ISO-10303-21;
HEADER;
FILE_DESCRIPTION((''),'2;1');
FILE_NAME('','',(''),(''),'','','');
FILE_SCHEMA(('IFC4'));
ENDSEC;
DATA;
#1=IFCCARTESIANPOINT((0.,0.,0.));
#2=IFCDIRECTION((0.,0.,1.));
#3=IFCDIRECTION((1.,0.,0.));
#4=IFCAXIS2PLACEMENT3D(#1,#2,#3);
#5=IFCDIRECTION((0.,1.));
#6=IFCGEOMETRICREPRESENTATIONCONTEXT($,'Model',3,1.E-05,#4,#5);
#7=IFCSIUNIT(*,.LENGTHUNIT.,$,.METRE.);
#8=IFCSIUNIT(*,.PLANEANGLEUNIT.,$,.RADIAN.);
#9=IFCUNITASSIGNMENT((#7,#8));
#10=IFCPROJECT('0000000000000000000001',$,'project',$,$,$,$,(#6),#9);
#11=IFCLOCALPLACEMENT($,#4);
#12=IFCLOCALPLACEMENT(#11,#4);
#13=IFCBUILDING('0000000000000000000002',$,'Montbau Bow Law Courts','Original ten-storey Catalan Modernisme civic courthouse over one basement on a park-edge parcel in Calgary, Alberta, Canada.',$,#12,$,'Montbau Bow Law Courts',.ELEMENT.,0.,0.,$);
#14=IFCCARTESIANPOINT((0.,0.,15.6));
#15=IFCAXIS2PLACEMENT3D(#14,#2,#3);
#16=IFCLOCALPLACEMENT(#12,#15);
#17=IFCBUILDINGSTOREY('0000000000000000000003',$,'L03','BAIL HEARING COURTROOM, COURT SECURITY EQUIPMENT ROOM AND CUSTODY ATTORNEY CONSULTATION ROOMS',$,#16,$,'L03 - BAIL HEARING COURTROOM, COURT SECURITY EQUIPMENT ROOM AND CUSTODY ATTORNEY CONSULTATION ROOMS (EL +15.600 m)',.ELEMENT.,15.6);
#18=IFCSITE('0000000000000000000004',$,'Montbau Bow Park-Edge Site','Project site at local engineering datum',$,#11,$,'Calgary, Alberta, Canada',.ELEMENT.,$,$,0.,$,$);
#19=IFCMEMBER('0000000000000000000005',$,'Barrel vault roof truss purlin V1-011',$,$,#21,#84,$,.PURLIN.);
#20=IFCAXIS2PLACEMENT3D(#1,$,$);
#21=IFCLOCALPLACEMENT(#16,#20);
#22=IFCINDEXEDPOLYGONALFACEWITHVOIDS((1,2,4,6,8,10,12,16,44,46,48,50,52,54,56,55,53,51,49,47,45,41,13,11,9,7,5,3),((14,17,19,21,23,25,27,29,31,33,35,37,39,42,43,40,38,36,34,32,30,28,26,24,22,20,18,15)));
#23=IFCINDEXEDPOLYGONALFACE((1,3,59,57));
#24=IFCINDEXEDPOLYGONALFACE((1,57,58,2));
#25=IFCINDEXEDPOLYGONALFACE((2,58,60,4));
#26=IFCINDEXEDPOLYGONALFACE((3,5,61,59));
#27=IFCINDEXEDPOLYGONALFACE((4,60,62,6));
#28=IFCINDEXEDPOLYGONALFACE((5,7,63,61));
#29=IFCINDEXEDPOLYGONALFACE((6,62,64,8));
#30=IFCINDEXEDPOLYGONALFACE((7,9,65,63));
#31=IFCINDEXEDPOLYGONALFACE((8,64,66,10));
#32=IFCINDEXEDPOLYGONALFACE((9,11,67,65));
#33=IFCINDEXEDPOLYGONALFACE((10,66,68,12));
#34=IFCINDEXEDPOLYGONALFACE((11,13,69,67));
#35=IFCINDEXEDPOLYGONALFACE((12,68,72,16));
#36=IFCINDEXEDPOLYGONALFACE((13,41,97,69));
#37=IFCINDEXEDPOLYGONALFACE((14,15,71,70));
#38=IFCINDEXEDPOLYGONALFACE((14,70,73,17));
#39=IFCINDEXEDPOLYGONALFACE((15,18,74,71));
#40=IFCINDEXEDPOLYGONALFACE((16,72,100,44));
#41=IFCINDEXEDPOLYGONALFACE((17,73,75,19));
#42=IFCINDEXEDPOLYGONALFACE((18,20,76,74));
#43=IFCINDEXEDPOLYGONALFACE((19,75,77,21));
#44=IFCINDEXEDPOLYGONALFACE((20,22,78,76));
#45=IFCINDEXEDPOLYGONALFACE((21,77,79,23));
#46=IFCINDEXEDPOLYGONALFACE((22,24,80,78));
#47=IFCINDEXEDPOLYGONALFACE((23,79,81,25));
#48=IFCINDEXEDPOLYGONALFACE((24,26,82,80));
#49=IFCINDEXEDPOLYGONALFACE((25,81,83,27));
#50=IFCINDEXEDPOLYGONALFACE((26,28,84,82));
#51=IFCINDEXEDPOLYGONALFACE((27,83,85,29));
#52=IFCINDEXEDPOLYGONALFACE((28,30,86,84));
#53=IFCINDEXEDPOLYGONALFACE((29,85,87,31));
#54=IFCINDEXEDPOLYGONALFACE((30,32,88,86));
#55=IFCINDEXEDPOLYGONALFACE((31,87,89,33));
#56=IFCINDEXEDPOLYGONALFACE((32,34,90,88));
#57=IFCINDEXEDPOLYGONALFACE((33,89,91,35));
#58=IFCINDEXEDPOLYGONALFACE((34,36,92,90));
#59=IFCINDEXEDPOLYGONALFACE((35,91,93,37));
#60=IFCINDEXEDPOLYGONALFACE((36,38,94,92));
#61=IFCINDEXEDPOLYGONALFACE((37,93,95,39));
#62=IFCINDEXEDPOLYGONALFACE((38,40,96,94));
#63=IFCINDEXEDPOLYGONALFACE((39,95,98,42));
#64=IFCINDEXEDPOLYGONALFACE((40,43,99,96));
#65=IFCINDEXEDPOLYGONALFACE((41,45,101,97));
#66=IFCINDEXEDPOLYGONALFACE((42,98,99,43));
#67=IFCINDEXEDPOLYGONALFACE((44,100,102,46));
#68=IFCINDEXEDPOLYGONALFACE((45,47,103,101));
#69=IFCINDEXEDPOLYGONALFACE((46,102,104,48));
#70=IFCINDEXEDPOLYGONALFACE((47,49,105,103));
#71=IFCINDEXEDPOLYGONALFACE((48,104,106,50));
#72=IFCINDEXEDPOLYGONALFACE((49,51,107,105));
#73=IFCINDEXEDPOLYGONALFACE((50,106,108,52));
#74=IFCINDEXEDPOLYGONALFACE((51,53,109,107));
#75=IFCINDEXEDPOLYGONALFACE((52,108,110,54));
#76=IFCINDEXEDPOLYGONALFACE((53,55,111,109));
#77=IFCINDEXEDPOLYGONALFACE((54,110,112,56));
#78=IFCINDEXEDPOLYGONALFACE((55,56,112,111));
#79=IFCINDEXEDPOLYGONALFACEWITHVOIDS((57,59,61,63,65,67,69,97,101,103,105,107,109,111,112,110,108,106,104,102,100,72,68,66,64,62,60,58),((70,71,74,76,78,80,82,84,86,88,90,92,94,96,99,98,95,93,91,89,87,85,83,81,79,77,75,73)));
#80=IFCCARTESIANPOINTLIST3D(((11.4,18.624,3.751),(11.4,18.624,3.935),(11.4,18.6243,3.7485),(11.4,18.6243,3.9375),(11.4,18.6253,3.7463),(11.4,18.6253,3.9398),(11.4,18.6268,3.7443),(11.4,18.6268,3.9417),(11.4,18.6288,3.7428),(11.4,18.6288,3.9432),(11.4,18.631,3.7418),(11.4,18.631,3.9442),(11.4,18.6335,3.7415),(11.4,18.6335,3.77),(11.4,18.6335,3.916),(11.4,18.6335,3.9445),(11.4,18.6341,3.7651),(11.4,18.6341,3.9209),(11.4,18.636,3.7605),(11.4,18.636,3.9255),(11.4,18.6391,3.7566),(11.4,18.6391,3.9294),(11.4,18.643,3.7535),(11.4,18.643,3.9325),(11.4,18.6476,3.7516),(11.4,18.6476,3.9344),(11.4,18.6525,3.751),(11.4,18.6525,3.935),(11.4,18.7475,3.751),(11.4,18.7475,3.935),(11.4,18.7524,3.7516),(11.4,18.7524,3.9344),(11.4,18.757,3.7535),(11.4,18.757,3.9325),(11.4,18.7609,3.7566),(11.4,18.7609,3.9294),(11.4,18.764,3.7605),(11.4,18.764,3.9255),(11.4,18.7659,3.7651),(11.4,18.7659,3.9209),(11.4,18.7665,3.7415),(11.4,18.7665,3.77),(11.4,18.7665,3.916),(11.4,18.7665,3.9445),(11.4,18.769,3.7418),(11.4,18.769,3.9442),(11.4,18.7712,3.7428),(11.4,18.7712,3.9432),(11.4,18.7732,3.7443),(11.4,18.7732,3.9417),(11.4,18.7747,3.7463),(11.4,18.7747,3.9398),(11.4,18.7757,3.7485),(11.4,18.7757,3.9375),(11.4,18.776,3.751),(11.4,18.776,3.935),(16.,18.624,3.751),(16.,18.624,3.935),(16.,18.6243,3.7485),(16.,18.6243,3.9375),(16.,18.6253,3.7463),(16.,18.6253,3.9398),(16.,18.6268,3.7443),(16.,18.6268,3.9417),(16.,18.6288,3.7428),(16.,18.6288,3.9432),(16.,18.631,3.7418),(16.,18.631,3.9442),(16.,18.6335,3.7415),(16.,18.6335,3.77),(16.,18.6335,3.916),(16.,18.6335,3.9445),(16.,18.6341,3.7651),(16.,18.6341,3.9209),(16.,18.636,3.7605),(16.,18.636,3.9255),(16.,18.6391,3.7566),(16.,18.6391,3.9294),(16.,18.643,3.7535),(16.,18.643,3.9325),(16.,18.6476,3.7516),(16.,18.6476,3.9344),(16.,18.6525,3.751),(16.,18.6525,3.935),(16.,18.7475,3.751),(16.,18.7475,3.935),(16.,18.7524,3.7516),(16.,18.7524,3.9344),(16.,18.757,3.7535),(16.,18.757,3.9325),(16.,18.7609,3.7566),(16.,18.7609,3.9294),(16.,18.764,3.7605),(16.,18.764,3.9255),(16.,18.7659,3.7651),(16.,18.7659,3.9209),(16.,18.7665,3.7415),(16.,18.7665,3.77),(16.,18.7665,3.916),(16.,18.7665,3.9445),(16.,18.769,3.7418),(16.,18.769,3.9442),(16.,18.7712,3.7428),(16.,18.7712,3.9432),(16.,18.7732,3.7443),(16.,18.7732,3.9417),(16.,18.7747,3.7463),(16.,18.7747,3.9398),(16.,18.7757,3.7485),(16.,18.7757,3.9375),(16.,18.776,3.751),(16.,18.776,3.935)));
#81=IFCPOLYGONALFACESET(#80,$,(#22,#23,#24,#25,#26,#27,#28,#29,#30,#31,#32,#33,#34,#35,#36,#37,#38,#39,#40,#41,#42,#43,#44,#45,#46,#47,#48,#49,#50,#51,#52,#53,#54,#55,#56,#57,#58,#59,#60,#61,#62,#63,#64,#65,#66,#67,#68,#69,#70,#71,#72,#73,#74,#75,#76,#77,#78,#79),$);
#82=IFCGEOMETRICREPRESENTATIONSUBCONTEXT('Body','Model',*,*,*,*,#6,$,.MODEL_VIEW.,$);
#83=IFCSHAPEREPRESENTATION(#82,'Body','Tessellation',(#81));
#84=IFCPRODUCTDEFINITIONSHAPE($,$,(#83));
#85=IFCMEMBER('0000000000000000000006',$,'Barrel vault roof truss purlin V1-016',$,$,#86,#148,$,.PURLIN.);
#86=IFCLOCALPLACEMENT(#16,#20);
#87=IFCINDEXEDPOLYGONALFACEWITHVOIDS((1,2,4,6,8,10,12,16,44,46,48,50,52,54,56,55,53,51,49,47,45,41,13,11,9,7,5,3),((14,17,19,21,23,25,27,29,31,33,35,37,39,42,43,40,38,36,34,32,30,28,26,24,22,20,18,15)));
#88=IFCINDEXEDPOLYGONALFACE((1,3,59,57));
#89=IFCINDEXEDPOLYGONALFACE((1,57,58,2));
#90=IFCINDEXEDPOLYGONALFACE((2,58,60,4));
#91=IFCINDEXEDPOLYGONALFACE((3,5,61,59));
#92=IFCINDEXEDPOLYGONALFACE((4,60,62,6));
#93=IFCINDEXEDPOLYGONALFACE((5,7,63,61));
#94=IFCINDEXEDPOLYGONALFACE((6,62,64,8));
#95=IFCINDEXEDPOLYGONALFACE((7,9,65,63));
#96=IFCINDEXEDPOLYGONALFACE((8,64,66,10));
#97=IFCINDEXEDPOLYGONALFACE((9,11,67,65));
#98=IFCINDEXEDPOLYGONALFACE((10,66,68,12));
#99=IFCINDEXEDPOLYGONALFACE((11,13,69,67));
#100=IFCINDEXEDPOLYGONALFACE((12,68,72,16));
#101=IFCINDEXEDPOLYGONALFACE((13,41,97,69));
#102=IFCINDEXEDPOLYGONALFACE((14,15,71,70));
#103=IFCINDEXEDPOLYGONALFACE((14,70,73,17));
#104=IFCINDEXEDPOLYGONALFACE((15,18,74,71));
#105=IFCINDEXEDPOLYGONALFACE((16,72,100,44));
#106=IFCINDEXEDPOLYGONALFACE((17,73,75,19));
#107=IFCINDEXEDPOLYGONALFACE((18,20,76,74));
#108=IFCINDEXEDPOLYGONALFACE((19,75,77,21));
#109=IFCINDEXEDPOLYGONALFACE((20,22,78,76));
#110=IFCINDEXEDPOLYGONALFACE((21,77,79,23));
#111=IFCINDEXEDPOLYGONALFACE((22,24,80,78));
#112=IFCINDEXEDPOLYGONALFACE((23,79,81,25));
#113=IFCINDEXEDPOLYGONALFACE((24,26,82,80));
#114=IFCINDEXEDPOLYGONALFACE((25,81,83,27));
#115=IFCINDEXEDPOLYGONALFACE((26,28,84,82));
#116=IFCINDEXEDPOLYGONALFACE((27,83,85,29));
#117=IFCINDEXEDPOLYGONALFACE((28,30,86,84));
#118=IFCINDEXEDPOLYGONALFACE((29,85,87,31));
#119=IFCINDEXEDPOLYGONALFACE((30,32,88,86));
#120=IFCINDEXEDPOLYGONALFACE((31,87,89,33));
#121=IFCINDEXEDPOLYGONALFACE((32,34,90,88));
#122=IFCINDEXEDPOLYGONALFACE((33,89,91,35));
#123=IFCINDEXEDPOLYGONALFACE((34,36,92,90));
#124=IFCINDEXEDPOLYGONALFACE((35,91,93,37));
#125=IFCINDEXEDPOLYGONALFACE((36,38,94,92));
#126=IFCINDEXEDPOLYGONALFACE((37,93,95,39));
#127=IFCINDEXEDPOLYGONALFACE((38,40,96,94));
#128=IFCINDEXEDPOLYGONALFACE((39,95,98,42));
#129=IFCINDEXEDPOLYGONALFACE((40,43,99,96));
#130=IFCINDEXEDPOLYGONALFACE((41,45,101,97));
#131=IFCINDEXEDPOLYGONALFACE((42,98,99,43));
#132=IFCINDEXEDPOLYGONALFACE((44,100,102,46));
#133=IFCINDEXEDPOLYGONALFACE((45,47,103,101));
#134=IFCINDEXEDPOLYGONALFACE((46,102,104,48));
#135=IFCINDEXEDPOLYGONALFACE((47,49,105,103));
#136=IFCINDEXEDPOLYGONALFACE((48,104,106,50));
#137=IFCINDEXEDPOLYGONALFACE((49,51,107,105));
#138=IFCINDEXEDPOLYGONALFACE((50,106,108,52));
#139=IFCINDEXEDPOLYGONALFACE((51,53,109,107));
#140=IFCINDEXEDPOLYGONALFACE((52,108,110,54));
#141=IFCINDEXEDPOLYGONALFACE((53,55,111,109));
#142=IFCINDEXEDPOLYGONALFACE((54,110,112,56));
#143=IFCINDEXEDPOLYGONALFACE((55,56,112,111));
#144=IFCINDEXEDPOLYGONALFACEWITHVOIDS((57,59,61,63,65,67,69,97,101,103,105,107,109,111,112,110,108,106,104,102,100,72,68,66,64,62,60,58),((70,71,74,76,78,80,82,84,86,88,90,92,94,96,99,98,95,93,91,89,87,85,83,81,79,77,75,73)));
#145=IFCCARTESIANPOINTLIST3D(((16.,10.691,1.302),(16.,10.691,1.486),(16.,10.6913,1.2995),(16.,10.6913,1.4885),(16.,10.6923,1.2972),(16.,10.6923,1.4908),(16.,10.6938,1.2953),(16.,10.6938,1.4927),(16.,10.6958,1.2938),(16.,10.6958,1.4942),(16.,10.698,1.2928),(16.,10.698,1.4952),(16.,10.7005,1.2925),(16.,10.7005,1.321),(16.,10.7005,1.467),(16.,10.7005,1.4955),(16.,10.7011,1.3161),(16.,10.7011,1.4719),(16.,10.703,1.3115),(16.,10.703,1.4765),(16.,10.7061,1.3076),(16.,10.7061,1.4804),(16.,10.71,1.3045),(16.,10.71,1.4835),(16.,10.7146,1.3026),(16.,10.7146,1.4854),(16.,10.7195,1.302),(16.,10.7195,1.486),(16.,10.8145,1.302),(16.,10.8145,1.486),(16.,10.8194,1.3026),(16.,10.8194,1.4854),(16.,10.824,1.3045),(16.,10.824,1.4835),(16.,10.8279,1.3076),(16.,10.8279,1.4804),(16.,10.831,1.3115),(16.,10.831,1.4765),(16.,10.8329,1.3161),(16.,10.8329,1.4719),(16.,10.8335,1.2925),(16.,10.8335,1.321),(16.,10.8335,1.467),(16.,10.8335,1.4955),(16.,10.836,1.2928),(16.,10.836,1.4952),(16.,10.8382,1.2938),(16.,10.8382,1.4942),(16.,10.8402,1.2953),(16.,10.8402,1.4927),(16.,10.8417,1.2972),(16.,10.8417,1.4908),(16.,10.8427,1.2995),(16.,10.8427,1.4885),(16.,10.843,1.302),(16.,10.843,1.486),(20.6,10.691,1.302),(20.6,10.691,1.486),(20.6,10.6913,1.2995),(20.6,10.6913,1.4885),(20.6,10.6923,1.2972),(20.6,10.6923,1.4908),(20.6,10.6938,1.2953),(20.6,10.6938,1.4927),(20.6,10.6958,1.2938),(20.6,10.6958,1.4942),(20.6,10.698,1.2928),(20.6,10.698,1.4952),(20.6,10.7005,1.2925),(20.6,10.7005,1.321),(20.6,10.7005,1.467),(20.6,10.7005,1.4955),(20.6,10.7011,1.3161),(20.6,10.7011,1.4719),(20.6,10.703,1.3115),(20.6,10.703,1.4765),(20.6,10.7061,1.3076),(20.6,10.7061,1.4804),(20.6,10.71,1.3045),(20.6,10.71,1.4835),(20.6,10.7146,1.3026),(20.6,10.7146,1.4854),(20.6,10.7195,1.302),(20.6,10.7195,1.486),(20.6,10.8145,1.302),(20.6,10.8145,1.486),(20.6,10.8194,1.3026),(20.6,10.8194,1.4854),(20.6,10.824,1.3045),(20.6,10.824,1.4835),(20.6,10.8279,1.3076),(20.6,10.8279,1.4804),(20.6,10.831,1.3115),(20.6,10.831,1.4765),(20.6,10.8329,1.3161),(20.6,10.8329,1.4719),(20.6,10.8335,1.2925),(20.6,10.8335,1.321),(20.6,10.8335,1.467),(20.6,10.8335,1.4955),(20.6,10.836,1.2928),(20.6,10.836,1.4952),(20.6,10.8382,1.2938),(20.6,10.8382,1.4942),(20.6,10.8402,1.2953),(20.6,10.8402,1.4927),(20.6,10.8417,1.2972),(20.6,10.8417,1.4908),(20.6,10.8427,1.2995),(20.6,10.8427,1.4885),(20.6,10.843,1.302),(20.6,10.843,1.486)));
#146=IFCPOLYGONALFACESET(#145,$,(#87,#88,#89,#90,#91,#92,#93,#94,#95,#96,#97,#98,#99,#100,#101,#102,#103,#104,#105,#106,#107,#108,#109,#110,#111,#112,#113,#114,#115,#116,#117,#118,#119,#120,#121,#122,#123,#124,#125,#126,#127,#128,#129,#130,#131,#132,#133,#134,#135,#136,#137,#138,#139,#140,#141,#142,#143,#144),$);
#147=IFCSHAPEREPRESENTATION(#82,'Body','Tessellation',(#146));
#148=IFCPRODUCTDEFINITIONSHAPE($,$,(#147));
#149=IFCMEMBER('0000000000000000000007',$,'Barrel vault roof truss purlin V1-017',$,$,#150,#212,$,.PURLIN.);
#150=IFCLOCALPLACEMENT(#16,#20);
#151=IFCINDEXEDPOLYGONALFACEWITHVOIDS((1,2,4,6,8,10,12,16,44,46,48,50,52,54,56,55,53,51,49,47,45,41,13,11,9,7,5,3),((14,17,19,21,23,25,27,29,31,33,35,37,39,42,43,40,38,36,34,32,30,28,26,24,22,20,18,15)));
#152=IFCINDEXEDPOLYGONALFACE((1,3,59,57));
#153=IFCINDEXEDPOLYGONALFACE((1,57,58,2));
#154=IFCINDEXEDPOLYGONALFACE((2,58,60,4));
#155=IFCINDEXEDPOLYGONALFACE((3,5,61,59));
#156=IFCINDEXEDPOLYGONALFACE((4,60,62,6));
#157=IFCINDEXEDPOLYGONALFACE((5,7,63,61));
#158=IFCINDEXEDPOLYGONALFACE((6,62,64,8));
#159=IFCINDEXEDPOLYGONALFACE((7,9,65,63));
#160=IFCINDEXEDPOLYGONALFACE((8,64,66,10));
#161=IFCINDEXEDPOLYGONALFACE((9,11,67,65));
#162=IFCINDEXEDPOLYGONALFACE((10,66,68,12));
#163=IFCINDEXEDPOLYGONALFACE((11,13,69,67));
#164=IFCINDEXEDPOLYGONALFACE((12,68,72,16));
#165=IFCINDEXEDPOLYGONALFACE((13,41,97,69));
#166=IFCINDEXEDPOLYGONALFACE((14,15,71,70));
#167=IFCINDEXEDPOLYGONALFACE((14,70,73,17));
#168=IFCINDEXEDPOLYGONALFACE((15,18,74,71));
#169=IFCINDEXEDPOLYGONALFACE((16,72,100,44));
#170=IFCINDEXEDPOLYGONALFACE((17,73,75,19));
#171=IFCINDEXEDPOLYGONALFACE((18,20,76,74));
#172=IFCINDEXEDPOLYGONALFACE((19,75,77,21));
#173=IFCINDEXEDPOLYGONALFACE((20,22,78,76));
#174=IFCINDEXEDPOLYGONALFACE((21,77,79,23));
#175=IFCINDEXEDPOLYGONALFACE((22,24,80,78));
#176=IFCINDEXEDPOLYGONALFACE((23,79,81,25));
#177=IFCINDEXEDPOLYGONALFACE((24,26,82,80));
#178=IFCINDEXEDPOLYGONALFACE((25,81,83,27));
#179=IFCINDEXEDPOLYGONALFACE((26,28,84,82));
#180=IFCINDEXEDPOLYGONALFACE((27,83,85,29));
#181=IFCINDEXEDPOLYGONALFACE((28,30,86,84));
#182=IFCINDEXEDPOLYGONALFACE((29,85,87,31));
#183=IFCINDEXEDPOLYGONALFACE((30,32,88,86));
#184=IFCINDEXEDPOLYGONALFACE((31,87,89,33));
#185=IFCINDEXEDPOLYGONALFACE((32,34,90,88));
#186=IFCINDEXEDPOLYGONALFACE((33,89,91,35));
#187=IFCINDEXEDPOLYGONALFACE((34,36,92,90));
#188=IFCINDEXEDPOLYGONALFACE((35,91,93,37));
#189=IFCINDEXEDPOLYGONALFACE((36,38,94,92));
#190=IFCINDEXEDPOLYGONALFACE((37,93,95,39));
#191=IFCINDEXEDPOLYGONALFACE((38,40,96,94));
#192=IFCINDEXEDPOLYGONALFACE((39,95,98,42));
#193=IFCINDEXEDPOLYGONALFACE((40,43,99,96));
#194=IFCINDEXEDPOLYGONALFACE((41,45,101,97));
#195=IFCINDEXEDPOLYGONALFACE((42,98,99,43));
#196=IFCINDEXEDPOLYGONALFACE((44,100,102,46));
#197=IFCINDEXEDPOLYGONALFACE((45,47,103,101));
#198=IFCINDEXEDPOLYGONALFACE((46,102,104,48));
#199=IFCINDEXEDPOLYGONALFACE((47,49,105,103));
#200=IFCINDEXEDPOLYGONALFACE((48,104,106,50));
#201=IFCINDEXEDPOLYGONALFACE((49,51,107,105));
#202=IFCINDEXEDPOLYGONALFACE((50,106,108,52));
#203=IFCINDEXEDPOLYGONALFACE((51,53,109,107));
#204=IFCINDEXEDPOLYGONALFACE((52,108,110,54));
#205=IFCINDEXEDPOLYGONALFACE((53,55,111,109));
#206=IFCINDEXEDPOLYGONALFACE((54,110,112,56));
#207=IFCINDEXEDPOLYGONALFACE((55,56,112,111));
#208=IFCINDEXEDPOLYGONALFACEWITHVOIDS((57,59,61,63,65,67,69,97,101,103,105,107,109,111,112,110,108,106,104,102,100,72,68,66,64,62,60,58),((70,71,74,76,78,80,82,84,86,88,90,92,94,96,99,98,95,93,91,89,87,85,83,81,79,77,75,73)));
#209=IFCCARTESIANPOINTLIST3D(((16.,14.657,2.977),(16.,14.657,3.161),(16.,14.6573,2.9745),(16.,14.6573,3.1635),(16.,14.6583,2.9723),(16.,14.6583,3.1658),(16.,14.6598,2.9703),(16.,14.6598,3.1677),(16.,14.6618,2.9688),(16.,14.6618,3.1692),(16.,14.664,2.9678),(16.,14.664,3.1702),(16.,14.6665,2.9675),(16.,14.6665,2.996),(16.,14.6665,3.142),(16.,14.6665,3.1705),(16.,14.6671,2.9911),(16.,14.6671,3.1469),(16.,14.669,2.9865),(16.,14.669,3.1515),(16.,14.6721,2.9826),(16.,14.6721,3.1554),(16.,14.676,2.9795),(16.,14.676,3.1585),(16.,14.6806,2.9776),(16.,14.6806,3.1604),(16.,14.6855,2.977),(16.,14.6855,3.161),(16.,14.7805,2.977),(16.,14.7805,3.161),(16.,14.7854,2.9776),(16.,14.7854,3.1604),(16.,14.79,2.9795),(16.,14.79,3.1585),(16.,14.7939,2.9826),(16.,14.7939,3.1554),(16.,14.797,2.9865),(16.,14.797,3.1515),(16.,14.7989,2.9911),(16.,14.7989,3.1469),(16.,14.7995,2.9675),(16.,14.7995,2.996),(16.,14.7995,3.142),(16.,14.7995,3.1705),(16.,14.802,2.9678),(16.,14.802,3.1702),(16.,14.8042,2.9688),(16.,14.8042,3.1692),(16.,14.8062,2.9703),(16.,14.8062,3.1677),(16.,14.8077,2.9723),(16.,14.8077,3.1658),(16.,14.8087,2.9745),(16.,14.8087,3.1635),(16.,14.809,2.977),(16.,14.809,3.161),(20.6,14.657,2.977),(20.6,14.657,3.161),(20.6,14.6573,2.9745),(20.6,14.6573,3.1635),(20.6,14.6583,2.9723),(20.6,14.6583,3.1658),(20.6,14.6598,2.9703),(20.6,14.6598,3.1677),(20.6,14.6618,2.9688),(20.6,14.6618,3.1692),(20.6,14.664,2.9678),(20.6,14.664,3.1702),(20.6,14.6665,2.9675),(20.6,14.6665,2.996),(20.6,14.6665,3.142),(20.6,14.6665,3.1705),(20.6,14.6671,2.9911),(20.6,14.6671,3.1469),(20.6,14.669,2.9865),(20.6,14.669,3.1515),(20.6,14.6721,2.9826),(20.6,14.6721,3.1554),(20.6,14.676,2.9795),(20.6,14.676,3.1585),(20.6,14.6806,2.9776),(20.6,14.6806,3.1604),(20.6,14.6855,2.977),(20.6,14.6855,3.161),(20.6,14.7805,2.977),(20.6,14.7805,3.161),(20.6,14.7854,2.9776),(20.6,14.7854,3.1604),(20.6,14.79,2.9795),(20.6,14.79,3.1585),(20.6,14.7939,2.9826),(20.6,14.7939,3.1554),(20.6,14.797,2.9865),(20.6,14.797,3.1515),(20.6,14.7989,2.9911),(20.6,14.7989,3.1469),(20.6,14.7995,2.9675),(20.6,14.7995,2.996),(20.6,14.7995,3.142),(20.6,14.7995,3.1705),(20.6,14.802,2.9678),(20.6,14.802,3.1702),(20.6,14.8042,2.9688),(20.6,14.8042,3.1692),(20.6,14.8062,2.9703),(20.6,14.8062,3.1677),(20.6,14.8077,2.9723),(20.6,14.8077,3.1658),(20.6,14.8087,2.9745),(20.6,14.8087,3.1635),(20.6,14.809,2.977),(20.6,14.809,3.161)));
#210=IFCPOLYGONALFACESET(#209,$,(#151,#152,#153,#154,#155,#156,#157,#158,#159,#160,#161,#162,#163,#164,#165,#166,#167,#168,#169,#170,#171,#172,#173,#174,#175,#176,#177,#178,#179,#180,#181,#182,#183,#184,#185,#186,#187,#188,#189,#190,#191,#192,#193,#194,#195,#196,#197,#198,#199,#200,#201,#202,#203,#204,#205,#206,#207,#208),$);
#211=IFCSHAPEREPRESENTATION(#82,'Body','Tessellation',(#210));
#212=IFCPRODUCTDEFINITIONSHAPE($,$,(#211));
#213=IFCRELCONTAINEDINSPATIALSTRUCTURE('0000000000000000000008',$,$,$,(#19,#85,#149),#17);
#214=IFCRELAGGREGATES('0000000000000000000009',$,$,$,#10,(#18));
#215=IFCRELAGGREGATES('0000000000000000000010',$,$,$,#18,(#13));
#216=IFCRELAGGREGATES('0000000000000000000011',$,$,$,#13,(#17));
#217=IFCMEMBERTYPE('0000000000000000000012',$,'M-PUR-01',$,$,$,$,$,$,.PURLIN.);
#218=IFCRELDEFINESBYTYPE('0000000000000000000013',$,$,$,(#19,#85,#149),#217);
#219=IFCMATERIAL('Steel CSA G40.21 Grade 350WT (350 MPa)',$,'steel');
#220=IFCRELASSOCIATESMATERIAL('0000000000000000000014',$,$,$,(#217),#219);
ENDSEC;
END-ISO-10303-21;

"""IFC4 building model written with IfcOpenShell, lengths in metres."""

from ifc_helpers import new_model, si_unit, direction, frame, origin_with_axes, origin_2d_with_axis, place, context, subcontext, project, spatial, hollow_rectangle, extrude, material, material_profile, profile_set, type_object, element, save


model = new_model("IFC4")

# Units and contexts
model_context = context("Model", 3, precision=1e-05, world=origin_with_axes(), true_north=direction((0.0, 1.0)))
body_context = subcontext(model_context, "Body", "Model", "MODEL_VIEW")
ifc_project = project(units=[si_unit("LENGTHUNIT", "METRE"), si_unit("PLANEANGLEUNIT", "RADIAN")], contexts=[model_context])

# Site, building, storey
site_placement = place(None, origin_with_axes())
site = spatial("IfcSite", under=ifc_project, at=site_placement, Name="Montbau Bow Park-Edge Site", Description="Project site at local engineering datum", LongName="Calgary, Alberta, Canada", CompositionType="ELEMENT", RefElevation=0.0)
building_placement = place(site_placement, origin_with_axes())
building = spatial("IfcBuilding", under=site, at=building_placement, Name="Montbau Bow Law Courts", Description="Original ten-storey Catalan Modernisme civic courthouse over one basement on a park-edge parcel in Calgary, Alberta, Canada.", LongName="Montbau Bow Law Courts", CompositionType="ELEMENT", ElevationOfRefHeight=0.0, ElevationOfTerrain=0.0)
storey_placement = place(building_placement, frame((0.0, 0.0, 15.6), z_axis=(0.0, 0.0, 1.0), x_axis=(1.0, 0.0, 0.0)))
storey = spatial("IfcBuildingStorey", under=building, at=storey_placement, Name="L03", Description="BAIL HEARING COURTROOM, COURT SECURITY EQUIPMENT ROOM AND CUSTODY ATTORNEY CONSULTATION ROOMS", LongName="L03 - BAIL HEARING COURTROOM, COURT SECURITY EQUIPMENT ROOM AND CUSTODY ATTORNEY CONSULTATION ROOMS (EL +15.600 m)", CompositionType="ELEMENT", Elevation=15.6)

# Shared definitions
ifc_material_1 = material(Name="Steel CSA G40.21 Grade 350WT (350 MPa)", Category="steel")

# Members
ifc_material_profile_1 = material_profile(ifc_material_1, hollow_rectangle(XDim=0.152, YDim=0.203, WallThickness=0.0095, InnerFilletRadius=0.019, OuterFilletRadius=0.0095, at=origin_2d_with_axis()), Name="HSS203X152X9.5", Category="Main", Priority=0)
ifc_profile_set_1 = profile_set([ifc_material_profile_1], Name="Steel CSA G40.21 Grade 350WT (350 MPa)")
member_type_1 = type_object("IfcMemberType", Name="M-PUR-01", PredefinedType="PURLIN", material=ifc_profile_set_1)
for number, where, z_axis, x_axis, name in (
    (1, (11.4, 18.7, 19.443), (1.0, 0.0, 0.0), (0.0, 1.0, 0.0), "Barrel vault roof truss purlin V1-011"),
    (2, (16.0, 10.767, 16.994), (1.0, 0.0, 0.0), (0.0, 1.0, 0.0), "Barrel vault roof truss purlin V1-016"),
    (3, (16.0, 14.733, 18.669), (1.0, 0.0, 0.0), (0.0, 1.0, 0.0), "Barrel vault roof truss purlin V1-017"),
):
    element("IfcMember", number, at=place(None, frame(where, z_axis=z_axis, x_axis=x_axis)), inside=storey, type_object=member_type_1, Name=name, PredefinedType="PURLIN", context=body_context, shape_type="SweptSolid", body=[
        extrude(hollow_rectangle(XDim=0.152, YDim=0.203, WallThickness=0.0095, InnerFilletRadius=0.019, OuterFilletRadius=0.0095, at=origin_2d_with_axis()), origin_with_axes(), (0.0, 0.0, 1.0), 4.6),
    ])

save(model, "model.ifc")
